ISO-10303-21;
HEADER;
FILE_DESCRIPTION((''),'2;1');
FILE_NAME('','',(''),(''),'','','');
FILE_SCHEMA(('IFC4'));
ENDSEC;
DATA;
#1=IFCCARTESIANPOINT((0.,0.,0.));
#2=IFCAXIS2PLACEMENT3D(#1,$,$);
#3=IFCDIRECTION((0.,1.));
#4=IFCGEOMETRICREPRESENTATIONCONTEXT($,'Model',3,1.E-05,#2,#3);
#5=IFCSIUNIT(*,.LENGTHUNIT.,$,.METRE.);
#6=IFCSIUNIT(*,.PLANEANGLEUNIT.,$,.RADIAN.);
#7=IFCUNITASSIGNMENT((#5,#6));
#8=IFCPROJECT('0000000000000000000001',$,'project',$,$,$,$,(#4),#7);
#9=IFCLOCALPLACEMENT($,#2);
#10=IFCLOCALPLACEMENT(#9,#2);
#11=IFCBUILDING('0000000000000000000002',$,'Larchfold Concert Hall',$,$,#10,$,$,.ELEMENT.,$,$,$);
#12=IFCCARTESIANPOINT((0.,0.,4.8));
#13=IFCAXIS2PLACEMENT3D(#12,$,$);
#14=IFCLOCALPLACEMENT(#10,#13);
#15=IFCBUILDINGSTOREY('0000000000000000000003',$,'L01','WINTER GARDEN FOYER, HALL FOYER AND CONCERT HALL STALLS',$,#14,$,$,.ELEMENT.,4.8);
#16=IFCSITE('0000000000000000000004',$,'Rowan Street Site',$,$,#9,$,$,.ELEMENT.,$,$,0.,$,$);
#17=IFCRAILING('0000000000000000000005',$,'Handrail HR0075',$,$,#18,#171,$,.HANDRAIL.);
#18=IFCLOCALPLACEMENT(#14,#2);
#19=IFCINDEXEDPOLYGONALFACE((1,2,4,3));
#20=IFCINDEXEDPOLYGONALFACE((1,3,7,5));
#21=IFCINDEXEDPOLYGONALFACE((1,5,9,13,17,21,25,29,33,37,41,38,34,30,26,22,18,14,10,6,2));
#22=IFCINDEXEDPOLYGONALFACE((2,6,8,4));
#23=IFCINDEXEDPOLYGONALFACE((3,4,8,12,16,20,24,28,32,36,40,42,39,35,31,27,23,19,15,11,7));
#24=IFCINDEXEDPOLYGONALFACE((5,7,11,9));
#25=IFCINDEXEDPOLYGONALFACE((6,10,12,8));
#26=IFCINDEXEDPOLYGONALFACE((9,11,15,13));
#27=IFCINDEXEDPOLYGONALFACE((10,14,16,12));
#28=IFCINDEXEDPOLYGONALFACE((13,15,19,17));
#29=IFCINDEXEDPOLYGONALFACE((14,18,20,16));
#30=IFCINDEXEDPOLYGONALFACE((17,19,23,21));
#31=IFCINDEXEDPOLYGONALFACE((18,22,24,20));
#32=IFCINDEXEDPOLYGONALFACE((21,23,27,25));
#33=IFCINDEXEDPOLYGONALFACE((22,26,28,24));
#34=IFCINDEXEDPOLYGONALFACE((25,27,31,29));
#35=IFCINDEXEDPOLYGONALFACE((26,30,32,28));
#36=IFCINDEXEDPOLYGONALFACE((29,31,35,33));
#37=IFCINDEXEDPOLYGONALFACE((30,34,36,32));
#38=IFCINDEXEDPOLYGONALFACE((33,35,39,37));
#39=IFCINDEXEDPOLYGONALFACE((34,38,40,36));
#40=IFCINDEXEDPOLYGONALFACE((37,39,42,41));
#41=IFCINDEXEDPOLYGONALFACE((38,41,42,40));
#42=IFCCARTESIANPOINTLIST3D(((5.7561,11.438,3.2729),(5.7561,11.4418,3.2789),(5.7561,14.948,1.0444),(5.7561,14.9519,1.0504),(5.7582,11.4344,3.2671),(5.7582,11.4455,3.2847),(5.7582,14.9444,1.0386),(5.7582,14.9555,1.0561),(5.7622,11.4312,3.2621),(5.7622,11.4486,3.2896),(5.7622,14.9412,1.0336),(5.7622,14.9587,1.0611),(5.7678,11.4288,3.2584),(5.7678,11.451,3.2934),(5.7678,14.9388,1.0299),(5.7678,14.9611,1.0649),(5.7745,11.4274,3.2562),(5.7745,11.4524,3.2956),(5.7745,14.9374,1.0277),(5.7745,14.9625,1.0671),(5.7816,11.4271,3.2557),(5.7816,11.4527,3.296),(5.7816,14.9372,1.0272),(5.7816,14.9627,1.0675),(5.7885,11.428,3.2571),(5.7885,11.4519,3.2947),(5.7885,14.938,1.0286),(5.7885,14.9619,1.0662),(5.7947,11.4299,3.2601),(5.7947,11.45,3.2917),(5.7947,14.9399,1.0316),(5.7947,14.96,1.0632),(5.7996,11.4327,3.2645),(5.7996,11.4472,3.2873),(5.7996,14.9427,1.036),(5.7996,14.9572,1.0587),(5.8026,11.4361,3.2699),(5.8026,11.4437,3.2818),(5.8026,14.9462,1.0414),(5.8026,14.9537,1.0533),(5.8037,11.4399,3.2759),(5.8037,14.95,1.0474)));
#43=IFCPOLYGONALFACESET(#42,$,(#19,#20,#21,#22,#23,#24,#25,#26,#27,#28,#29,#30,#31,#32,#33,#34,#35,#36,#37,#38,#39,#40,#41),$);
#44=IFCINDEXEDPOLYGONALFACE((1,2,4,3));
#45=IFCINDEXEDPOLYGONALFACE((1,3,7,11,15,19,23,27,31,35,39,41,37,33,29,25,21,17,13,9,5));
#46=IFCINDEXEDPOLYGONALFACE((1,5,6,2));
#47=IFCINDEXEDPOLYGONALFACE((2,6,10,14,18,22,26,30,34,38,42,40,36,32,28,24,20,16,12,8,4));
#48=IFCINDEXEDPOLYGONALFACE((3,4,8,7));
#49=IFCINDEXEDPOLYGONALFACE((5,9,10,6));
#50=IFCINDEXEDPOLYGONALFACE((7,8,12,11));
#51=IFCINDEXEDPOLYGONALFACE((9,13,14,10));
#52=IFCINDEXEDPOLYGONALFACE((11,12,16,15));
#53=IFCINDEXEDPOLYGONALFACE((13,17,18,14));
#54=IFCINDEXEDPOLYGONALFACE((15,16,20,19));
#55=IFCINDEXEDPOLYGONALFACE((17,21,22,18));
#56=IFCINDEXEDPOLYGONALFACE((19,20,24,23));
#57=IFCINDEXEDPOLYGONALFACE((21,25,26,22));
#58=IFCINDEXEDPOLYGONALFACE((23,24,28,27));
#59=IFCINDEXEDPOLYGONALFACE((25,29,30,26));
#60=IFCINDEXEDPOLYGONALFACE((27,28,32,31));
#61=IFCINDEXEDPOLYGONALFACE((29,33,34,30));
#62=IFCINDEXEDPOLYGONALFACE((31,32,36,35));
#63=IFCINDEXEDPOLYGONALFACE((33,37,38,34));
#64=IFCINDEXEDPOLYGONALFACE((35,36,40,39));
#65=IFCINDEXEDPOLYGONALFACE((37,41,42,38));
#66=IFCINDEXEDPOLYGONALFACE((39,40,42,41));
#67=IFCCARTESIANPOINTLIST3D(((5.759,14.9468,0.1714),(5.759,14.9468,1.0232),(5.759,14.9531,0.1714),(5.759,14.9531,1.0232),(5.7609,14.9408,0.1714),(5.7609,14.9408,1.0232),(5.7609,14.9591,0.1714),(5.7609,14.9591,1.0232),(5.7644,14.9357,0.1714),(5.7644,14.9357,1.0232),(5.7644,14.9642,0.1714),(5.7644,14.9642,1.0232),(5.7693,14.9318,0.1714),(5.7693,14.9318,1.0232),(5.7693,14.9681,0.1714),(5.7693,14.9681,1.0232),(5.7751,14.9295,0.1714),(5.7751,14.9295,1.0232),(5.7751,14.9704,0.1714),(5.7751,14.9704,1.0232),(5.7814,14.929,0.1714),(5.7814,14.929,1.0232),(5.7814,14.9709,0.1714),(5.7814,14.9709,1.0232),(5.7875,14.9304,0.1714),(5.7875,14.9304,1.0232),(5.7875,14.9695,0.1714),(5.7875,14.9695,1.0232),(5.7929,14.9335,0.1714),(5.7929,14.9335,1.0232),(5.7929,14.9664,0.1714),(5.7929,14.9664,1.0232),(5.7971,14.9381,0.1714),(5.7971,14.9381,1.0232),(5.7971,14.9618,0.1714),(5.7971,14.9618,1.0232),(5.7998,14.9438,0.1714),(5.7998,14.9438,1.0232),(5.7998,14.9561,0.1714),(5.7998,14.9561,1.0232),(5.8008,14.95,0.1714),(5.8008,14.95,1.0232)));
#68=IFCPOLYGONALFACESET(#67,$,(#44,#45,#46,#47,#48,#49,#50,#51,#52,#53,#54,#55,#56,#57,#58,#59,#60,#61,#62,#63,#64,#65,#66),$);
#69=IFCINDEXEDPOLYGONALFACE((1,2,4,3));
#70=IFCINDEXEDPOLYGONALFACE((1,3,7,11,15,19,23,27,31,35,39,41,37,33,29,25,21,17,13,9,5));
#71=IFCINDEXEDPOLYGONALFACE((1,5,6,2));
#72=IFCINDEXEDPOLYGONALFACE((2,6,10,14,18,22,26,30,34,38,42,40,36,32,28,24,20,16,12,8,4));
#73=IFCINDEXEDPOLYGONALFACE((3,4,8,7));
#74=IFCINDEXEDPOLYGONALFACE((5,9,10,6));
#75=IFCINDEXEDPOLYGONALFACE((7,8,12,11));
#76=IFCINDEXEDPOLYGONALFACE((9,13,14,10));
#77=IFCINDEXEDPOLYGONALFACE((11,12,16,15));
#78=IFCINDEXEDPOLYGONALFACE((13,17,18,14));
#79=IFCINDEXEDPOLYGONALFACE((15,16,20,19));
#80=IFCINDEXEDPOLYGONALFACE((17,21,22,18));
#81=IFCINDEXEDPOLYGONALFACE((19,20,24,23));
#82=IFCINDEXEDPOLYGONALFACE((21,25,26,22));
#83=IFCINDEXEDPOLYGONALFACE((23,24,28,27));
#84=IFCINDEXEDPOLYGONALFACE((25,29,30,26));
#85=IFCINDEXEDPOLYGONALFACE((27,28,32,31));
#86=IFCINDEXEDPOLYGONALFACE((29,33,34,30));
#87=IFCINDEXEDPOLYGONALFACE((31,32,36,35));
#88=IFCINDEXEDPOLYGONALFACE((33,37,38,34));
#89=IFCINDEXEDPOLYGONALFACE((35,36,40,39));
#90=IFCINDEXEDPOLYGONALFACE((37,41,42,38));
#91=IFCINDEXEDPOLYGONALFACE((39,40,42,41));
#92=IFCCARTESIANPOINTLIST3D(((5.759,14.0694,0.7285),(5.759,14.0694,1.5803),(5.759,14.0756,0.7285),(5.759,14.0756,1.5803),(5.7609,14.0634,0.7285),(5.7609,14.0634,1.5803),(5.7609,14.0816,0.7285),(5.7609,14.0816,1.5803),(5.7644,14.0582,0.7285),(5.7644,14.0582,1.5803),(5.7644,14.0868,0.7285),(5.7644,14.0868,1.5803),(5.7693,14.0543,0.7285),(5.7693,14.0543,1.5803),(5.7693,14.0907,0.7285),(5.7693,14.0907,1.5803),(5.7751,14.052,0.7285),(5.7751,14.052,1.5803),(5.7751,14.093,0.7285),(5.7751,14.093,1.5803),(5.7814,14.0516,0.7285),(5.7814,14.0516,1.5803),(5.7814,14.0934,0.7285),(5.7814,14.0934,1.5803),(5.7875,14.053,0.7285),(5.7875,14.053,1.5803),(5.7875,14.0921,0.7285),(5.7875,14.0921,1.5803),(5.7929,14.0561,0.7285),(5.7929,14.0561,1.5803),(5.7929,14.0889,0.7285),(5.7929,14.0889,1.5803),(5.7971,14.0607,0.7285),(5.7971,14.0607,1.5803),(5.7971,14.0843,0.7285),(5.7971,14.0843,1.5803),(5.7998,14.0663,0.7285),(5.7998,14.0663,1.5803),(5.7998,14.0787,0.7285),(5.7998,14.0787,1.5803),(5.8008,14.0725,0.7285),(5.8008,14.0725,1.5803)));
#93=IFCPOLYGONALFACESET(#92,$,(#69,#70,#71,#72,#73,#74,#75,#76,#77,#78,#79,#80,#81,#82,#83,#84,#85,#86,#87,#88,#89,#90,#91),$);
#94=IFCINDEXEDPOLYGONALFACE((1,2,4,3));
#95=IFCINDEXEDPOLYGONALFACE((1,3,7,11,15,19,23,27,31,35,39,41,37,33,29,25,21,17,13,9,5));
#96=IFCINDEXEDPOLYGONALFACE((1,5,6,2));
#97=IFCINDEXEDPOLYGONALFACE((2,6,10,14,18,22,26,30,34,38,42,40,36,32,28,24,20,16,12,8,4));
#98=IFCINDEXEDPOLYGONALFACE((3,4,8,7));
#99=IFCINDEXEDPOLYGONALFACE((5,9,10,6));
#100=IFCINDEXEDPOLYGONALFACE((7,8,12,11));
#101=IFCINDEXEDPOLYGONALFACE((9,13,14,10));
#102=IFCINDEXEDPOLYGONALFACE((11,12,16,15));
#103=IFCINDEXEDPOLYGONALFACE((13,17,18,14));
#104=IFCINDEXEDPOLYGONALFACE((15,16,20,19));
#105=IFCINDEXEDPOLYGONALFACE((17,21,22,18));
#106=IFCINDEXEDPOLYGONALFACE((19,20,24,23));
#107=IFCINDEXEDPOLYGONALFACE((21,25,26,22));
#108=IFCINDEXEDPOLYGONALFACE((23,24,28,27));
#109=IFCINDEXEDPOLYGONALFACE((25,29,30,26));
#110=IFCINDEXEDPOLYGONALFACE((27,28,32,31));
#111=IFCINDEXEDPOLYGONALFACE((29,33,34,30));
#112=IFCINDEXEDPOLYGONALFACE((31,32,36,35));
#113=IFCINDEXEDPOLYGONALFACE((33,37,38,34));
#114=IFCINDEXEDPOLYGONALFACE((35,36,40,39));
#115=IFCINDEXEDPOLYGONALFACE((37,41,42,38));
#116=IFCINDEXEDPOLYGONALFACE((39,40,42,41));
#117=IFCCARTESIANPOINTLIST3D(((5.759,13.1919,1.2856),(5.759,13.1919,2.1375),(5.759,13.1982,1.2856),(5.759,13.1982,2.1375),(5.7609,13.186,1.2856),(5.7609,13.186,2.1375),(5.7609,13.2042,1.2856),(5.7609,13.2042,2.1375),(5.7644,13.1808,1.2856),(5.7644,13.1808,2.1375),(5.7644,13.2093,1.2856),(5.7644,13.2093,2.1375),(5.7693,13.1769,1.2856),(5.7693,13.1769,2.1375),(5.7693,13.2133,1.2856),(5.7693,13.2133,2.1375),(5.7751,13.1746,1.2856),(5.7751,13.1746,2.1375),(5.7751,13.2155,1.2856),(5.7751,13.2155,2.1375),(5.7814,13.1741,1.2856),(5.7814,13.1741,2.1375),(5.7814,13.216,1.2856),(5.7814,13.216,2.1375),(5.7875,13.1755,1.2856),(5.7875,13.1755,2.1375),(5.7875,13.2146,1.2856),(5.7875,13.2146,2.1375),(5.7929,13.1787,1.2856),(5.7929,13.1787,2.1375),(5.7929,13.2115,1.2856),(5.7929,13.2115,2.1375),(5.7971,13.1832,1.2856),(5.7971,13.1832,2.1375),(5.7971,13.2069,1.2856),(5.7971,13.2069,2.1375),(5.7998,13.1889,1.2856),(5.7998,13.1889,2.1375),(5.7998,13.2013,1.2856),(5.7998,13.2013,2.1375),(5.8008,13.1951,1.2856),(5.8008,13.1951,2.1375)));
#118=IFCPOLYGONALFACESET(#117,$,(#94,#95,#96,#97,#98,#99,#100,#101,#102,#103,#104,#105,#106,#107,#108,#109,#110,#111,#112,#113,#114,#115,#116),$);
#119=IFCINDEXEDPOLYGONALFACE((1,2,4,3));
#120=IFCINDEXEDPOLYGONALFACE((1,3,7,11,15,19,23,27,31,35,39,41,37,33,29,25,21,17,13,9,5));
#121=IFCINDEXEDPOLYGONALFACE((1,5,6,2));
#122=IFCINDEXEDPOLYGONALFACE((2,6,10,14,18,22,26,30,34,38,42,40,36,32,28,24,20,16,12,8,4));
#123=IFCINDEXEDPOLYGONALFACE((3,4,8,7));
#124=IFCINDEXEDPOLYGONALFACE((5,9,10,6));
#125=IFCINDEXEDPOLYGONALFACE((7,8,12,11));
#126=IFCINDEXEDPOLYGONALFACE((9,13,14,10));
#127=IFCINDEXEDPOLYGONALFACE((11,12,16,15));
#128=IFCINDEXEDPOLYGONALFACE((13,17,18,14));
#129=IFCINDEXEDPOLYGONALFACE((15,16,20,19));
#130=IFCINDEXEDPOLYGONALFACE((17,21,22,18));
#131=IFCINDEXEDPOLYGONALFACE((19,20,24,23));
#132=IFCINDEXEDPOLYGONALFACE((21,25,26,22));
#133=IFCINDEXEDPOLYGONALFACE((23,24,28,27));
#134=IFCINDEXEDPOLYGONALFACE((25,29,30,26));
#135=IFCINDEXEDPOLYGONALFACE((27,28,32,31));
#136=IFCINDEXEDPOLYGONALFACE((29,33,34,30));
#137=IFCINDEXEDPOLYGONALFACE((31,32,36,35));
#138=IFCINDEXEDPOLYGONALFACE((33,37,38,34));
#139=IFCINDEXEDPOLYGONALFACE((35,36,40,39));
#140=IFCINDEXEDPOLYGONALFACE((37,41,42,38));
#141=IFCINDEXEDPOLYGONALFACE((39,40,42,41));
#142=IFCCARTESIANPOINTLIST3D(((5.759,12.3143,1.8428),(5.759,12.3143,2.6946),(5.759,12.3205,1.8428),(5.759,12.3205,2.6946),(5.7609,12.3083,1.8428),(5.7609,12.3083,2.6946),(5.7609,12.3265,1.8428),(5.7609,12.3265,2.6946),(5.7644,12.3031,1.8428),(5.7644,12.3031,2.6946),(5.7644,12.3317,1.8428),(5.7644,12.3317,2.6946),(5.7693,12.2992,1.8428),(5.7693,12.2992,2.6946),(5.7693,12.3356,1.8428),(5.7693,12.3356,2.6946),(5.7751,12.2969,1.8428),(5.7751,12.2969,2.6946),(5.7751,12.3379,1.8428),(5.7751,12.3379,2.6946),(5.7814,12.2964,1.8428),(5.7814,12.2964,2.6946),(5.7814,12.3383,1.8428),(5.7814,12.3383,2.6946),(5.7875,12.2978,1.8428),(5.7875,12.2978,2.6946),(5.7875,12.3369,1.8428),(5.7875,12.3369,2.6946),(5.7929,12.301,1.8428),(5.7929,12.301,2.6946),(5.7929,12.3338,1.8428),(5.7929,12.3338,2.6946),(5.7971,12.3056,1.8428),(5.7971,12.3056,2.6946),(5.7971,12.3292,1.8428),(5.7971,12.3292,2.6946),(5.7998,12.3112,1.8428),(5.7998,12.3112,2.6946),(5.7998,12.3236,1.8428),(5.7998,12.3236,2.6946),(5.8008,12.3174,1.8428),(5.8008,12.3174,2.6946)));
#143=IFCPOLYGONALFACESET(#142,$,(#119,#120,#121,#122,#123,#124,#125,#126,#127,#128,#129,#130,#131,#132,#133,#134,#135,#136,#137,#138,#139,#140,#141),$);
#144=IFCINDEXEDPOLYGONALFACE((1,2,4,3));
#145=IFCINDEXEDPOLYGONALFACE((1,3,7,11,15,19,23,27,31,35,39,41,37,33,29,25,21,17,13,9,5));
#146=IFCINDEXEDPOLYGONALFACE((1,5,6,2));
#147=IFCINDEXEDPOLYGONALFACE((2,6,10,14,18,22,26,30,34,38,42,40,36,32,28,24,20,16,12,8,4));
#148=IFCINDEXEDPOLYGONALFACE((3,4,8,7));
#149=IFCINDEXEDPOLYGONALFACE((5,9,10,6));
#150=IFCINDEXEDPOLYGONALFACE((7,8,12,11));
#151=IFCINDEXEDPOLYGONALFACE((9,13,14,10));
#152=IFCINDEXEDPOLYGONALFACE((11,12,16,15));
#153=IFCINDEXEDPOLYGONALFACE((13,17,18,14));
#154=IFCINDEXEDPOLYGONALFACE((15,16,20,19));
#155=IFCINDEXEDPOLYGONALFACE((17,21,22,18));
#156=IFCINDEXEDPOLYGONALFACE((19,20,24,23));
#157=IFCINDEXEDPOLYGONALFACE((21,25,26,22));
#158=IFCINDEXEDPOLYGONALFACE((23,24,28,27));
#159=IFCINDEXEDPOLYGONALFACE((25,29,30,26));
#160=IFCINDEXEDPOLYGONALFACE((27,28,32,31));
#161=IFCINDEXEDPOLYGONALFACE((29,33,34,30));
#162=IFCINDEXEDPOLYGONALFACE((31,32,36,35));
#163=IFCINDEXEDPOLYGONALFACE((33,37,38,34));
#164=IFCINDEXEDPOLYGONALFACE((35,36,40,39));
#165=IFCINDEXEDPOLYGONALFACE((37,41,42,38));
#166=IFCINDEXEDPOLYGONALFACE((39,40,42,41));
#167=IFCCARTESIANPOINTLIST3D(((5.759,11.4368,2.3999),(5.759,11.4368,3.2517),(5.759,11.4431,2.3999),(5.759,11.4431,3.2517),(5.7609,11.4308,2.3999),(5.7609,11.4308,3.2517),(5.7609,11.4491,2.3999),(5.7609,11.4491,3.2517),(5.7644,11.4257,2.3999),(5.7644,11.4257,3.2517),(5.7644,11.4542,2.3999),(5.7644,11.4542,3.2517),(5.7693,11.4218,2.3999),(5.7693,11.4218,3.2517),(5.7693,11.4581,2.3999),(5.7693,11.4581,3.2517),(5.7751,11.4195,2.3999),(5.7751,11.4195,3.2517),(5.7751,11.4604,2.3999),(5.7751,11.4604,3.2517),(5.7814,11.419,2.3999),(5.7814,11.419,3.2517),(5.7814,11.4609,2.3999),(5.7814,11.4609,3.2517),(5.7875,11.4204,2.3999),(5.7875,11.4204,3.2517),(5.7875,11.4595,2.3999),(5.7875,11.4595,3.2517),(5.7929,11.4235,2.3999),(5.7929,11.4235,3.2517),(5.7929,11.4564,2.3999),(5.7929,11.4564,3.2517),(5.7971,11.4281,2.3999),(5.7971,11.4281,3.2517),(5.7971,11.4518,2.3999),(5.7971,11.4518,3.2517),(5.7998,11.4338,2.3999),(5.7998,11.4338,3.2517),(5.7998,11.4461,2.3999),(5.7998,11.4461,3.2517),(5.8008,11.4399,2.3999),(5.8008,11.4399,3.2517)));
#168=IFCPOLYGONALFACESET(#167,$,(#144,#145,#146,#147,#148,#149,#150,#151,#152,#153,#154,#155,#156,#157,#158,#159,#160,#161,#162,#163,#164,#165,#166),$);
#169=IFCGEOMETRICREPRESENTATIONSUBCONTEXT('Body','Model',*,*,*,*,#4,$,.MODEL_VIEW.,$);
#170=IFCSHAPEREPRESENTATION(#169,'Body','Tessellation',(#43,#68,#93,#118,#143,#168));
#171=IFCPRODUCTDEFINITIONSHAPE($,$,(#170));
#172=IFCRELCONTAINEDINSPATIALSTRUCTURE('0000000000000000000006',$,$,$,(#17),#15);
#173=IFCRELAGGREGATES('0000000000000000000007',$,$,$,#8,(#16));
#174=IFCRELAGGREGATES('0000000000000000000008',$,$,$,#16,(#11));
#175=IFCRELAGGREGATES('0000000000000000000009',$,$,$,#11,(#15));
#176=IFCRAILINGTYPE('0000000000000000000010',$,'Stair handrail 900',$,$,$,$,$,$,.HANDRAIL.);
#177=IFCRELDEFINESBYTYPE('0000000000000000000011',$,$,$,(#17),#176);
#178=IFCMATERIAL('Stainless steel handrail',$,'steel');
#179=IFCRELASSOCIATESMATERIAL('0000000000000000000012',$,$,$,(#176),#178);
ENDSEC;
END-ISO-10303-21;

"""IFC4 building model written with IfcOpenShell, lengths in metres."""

from ifc_helpers import new_model, si_unit, direction, frame, origin, origin_2d, place, context, subcontext, project, spatial, circle, extrude, material, type_object, element, save


model = new_model("IFC4")

# Units and contexts
model_context = context("Model", 3, precision=1e-05, world=origin(), true_north=direction((0.0, 1.0)))
body_context = subcontext(model_context, "Body", "Model", "MODEL_VIEW")
ifc_project = project(units=[si_unit("LENGTHUNIT", "METRE"), si_unit("PLANEANGLEUNIT", "RADIAN")], contexts=[model_context])

# Site, building, storey
site_placement = place(None, origin())
site = spatial("IfcSite", under=ifc_project, at=site_placement, Name="Rowan Street Site", CompositionType="ELEMENT", RefElevation=0.0)
building_placement = place(site_placement, origin())
building = spatial("IfcBuilding", under=site, at=building_placement, Name="Larchfold Concert Hall", CompositionType="ELEMENT")
storey_placement = place(building_placement, frame((0.0, 0.0, 4.8)))
storey = spatial("IfcBuildingStorey", under=building, at=storey_placement, Name="L01", Description="WINTER GARDEN FOYER, HALL FOYER AND CONCERT HALL STALLS", CompositionType="ELEMENT", Elevation=4.8)

# Railing
ifc_material_1 = material(Name="Stainless steel handrail", Category="steel")
railing_type_1 = type_object("IfcRailingType", Name="Stair handrail 900", PredefinedType="HANDRAIL", material=ifc_material_1)
railing_1_placement = place(storey_placement, frame((5.7798, 14.95, 0.1714)))
element("IfcRailing", 1, at=railing_1_placement, inside=storey, type_object=railing_type_1, Name="Handrail HR0075", PredefinedType="HANDRAIL", context=body_context, shape_type="SweptSolid", body=[
    extrude(circle(Radius=0.0239, at=origin_2d()), frame((0.0, 0.0, 0.876), z_axis=(0.0, -0.84422, 0.535998), x_axis=(1.0, 0.0, 0.0)), (0.0, 0.0, 1.0), 4.1577),
    extrude(circle(Radius=0.021, at=origin_2d()), origin(), (0.0, 0.0, 1.0), 0.8518),
    extrude(circle(Radius=0.021, at=origin_2d()), frame((0.0, -0.8774, 0.5571)), (0.0, 0.0, 1.0), 0.8518),
    extrude(circle(Radius=0.021, at=origin_2d()), frame((0.0, -1.7549, 1.1143)), (0.0, 0.0, 1.0), 0.8518),
    extrude(circle(Radius=0.021, at=origin_2d()), frame((0.0, -2.6326, 1.6714)), (0.0, 0.0, 1.0), 0.8518),
    extrude(circle(Radius=0.021, at=origin_2d()), frame((0.0, -3.51, 2.2285)), (0.0, 0.0, 1.0), 0.8518),
])

save(model, "model.ifc")
